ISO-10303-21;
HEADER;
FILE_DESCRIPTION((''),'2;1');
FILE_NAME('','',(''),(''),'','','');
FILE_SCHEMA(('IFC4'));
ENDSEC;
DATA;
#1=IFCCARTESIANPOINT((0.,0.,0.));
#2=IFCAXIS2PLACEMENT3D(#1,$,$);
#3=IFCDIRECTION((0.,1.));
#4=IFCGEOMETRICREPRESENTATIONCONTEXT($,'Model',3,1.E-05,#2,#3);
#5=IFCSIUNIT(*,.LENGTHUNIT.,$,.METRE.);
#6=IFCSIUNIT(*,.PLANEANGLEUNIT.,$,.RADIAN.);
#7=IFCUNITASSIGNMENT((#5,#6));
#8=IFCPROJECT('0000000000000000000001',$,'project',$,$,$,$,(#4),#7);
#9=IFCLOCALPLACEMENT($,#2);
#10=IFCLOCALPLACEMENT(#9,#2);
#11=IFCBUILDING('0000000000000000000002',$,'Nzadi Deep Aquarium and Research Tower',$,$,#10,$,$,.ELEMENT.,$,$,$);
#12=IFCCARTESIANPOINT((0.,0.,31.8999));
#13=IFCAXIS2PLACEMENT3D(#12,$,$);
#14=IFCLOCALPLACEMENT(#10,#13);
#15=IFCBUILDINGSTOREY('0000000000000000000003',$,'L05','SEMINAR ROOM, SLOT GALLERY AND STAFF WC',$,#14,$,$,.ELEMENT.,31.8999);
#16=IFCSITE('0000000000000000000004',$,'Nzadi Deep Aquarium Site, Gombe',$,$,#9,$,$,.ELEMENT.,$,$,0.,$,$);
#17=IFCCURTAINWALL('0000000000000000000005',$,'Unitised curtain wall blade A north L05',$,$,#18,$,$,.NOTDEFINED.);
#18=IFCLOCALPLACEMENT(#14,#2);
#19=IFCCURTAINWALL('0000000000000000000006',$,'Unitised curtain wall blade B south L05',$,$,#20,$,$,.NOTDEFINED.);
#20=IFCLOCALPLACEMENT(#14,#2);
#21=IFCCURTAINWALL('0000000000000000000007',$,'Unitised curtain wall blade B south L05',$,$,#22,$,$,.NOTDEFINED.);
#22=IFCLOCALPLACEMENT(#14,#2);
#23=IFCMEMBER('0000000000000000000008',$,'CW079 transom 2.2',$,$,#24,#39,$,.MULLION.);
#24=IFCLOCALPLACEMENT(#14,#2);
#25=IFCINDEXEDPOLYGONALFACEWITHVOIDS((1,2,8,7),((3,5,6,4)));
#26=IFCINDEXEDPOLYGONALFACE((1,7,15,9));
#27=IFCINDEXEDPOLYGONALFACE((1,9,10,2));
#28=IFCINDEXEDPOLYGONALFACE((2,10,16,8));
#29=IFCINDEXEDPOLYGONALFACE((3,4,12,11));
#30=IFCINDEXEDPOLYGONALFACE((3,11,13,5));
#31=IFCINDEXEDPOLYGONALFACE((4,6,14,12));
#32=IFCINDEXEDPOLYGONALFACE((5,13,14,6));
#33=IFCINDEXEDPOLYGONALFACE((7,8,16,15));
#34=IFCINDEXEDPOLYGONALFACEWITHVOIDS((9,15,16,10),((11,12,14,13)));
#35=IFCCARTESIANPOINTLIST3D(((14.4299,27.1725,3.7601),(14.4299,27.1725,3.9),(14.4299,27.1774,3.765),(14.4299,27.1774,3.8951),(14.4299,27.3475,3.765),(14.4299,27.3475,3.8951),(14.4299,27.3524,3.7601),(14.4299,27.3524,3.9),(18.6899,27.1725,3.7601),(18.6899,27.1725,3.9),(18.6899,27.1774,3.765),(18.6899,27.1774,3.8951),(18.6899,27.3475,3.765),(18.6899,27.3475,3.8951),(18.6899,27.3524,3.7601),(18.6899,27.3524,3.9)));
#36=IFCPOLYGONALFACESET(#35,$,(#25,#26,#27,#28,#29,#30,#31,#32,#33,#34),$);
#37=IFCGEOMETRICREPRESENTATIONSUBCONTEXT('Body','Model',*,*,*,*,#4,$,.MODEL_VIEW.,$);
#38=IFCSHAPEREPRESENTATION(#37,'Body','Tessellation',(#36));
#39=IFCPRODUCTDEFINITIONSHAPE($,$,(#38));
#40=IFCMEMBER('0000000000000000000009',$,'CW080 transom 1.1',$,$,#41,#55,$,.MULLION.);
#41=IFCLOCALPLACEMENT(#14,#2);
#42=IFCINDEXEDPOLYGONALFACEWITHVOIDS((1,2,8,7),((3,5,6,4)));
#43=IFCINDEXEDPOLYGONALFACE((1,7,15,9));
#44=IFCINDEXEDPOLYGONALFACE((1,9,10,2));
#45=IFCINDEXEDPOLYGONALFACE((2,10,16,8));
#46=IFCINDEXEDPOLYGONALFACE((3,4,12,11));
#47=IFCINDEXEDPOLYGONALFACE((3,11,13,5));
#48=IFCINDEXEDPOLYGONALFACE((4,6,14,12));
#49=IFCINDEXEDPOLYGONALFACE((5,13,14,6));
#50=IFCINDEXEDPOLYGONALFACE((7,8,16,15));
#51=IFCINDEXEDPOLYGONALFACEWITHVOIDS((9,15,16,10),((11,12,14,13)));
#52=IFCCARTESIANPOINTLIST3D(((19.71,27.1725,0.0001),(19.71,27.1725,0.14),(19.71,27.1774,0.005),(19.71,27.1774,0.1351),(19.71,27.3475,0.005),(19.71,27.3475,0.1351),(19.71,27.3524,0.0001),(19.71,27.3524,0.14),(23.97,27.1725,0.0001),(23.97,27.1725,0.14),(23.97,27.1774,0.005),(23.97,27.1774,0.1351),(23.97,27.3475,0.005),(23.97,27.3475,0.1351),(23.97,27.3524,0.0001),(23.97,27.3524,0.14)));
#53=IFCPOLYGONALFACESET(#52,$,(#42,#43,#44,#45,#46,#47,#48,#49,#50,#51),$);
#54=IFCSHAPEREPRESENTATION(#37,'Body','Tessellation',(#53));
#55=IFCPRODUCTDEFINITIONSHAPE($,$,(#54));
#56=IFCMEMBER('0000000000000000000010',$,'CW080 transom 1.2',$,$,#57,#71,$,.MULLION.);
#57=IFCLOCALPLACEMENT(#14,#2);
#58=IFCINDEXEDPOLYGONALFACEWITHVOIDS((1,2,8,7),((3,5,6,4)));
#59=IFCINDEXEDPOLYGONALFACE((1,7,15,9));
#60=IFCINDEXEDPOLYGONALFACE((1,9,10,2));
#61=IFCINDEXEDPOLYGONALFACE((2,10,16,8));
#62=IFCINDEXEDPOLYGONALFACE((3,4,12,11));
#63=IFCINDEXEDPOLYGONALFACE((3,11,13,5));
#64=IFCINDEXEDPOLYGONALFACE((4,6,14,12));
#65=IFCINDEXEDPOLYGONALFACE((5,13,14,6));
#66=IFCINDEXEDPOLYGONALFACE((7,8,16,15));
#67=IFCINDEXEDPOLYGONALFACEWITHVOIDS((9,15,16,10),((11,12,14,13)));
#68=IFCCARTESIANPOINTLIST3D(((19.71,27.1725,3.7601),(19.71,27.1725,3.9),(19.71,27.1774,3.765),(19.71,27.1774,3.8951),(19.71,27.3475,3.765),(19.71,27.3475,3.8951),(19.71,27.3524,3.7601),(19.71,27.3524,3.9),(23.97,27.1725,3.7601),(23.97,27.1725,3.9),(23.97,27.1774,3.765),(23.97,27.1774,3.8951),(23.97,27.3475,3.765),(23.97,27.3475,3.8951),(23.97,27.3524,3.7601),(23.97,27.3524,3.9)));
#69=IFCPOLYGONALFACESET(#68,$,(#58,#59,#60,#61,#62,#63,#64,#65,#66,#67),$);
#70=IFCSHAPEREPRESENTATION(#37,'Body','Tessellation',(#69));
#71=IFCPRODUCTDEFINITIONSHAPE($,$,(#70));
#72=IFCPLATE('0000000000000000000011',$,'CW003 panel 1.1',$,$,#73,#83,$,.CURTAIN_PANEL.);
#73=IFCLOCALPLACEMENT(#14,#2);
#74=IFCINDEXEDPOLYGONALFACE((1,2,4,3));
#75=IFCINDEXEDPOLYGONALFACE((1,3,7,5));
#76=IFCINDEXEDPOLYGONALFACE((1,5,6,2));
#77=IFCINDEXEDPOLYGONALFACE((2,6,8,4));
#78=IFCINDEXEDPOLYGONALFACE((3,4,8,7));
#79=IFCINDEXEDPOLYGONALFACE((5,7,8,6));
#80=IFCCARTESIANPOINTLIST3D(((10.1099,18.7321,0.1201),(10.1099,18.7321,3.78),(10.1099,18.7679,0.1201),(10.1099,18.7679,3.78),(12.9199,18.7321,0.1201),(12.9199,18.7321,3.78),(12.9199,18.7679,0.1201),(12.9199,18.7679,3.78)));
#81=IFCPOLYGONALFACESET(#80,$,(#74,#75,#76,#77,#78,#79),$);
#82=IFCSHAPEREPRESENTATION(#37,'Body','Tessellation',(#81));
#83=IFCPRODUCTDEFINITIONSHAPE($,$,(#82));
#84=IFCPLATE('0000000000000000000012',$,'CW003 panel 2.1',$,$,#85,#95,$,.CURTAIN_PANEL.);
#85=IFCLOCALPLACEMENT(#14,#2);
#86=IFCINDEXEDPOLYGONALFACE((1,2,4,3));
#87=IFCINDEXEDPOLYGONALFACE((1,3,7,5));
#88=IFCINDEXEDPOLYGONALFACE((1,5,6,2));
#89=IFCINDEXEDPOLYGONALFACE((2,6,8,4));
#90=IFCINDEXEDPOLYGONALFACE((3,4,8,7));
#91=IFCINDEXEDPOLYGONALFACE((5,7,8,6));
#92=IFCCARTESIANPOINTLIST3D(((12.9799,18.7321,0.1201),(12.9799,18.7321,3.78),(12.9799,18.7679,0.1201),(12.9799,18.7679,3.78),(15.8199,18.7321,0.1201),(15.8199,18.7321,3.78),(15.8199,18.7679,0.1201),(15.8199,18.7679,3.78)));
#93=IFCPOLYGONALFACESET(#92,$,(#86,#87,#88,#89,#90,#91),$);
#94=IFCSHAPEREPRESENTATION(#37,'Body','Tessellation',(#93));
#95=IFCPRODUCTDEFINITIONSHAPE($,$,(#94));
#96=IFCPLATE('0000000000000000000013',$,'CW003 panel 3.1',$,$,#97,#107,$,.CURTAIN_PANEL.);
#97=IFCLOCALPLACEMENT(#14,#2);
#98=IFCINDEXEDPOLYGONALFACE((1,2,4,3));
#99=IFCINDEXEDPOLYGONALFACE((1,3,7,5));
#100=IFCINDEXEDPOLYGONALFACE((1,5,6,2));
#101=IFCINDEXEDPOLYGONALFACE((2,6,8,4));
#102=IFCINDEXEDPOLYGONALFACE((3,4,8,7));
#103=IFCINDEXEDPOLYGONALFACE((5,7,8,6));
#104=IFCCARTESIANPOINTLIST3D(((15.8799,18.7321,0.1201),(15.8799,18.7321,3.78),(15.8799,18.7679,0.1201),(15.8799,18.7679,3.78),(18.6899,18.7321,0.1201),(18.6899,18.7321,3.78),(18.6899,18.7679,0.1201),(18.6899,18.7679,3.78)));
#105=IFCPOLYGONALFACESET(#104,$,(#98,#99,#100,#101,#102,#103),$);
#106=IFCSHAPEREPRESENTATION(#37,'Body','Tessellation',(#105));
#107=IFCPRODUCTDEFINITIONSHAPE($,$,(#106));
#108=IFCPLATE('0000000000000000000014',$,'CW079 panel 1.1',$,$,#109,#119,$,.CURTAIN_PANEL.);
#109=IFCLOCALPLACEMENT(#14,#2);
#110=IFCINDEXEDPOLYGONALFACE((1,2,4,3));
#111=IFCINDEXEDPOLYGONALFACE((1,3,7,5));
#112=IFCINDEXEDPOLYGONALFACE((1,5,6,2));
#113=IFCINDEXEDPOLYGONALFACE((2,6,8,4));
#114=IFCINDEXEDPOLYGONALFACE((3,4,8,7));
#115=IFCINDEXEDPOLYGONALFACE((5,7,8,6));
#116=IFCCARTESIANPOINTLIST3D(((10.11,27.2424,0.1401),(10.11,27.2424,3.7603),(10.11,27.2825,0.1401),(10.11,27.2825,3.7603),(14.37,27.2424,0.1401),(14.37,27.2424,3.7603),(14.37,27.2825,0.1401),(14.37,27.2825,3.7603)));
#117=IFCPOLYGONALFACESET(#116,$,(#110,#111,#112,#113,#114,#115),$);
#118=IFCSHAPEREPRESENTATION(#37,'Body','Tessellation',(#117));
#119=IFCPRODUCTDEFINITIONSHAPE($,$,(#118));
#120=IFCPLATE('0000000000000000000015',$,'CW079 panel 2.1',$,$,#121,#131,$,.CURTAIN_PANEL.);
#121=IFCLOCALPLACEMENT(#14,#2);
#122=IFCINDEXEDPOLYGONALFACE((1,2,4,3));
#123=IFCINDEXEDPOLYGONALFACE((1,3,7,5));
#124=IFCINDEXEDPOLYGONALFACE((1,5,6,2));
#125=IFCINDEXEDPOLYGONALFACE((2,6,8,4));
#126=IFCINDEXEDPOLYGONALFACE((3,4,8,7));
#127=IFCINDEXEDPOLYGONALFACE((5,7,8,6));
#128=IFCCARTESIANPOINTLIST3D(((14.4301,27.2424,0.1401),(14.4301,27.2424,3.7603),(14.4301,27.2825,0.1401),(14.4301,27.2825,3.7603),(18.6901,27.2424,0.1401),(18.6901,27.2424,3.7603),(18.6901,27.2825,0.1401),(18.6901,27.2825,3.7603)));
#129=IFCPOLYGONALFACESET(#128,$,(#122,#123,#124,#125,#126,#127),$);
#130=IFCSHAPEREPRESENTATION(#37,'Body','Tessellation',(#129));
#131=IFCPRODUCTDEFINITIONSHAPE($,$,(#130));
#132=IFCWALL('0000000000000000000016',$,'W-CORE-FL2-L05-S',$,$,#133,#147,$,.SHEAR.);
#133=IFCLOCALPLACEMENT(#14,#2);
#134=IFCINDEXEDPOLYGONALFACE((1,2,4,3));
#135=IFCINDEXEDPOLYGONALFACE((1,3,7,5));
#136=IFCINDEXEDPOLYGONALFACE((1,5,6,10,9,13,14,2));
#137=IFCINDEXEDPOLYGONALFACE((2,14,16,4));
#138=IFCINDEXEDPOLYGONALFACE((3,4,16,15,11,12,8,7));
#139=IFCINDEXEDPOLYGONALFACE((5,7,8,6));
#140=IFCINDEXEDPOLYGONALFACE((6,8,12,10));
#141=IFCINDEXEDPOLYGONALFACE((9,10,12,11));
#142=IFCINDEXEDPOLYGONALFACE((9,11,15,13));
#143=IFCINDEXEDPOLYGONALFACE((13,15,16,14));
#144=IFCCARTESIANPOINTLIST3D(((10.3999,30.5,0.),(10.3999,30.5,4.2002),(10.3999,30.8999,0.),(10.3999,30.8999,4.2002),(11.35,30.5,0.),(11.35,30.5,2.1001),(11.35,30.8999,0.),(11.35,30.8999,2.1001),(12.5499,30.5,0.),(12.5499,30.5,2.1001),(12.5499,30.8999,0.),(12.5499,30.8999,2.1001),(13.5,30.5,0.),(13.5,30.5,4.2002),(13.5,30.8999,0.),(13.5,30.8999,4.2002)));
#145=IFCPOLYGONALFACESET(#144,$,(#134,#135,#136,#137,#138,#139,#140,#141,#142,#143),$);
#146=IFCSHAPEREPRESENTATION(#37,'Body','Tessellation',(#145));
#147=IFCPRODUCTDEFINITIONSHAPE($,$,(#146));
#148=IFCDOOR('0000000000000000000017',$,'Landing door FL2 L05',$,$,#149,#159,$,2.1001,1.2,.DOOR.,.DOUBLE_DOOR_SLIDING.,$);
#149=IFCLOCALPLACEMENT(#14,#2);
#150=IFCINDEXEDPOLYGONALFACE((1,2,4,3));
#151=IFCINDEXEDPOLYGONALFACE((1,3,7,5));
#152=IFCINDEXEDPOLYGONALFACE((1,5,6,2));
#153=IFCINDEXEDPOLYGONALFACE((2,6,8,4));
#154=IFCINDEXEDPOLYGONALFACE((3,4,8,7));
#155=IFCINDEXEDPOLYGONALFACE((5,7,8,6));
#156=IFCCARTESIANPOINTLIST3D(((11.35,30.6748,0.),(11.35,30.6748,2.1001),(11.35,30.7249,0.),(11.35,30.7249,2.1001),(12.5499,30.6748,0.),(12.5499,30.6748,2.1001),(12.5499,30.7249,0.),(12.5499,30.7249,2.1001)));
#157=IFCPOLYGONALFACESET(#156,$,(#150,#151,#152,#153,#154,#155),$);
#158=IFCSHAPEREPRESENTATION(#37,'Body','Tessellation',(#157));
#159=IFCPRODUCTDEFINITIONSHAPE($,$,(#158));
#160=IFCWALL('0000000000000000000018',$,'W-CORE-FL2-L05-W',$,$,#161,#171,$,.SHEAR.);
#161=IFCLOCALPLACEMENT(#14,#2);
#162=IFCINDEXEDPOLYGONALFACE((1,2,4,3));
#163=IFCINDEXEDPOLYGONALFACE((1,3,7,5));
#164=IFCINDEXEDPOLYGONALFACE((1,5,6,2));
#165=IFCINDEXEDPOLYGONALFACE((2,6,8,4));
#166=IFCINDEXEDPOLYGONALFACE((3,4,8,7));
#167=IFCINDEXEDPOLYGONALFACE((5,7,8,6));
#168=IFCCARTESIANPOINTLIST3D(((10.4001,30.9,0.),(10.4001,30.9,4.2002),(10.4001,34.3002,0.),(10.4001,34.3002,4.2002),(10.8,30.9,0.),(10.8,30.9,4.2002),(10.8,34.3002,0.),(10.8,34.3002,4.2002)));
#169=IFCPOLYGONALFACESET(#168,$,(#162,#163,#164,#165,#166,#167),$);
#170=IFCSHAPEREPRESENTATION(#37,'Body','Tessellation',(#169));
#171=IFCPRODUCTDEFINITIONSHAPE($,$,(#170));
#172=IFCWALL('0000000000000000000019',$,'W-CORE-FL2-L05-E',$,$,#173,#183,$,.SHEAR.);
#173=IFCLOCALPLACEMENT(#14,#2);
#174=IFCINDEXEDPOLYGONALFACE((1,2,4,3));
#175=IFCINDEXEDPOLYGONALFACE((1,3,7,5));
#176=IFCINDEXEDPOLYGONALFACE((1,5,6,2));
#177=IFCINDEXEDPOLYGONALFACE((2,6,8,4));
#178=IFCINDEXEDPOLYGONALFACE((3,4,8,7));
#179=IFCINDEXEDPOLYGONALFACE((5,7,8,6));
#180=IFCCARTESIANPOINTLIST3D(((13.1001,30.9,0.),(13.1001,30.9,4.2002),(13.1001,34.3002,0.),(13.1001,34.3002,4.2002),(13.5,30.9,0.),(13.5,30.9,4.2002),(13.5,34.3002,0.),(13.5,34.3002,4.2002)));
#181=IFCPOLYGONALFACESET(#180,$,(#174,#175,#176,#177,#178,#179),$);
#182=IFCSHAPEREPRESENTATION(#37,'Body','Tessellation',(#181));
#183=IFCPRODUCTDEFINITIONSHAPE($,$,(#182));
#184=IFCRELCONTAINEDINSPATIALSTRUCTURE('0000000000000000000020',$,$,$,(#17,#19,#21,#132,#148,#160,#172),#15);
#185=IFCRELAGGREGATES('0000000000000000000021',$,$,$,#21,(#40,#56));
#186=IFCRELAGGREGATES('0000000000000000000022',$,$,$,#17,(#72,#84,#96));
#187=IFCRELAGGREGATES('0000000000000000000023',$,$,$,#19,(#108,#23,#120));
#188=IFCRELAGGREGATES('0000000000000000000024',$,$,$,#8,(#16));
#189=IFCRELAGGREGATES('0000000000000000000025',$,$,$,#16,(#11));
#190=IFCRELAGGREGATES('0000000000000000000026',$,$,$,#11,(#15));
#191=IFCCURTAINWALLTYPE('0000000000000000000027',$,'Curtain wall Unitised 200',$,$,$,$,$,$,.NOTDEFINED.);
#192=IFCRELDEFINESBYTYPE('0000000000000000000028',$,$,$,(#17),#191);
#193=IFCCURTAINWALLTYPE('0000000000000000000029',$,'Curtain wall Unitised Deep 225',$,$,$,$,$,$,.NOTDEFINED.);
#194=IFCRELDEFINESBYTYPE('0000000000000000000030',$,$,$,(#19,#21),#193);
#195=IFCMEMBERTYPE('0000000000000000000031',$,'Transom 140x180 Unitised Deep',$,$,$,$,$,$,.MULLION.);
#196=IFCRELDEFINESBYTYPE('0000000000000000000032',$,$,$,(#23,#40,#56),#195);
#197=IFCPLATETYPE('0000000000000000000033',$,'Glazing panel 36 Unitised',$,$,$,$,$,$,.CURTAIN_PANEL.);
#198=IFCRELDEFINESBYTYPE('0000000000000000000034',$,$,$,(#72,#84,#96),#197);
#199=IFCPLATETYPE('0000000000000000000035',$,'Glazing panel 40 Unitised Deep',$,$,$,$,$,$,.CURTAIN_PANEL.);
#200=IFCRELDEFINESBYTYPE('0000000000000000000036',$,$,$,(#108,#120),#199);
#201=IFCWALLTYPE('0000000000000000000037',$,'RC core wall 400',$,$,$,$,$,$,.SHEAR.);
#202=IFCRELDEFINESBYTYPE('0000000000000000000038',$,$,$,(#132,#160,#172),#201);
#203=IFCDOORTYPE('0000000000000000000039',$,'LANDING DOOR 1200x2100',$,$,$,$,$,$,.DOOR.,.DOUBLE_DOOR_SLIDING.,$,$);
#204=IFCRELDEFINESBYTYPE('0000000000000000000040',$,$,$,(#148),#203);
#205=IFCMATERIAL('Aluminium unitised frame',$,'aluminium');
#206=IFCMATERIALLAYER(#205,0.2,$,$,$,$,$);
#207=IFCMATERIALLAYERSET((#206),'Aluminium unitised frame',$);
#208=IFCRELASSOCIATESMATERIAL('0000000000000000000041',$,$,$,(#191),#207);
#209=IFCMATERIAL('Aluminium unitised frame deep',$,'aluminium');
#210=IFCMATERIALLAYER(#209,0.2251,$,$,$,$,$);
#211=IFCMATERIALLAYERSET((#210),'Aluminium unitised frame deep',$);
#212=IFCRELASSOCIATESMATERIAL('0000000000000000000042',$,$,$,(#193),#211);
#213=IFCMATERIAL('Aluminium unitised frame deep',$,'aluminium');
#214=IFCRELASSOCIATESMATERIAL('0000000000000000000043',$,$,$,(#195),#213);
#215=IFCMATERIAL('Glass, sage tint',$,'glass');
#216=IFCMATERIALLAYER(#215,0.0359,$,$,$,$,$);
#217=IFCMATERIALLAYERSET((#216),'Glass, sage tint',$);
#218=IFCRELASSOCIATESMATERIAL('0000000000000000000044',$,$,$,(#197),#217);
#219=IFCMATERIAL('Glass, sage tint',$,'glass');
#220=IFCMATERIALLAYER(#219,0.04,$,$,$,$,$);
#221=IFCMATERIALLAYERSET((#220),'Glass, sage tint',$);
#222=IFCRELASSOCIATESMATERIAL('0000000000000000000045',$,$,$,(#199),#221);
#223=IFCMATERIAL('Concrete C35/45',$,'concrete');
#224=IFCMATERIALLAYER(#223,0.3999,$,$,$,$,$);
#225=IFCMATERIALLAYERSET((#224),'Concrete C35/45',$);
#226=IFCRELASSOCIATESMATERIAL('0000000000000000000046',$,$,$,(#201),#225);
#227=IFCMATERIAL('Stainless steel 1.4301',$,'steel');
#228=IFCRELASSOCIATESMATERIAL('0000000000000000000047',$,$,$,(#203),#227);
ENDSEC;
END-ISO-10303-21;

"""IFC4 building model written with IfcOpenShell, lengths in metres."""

from ifc_helpers import new_model, si_unit, direction, frame, frame_2d, origin, origin_2d, place, context, subcontext, project, spatial, rectangle, hollow_rectangle, extrude, material, layer, layer_set, material_profile, profile_set, type_object, element, fill, aggregate, save


model = new_model("IFC4")

# Units and contexts
model_context = context("Model", 3, precision=1e-05, world=origin(), true_north=direction((0.0, 1.0)))
body_context = subcontext(model_context, "Body", "Model", "MODEL_VIEW")
ifc_project = project(units=[si_unit("LENGTHUNIT", "METRE"), si_unit("PLANEANGLEUNIT", "RADIAN")], contexts=[model_context])

# Site, building, storey
site_placement = place(None, origin())
site = spatial("IfcSite", under=ifc_project, at=site_placement, Name="Nzadi Deep Aquarium Site, Gombe", CompositionType="ELEMENT", RefElevation=0.0)
building_placement = place(site_placement, origin())
building = spatial("IfcBuilding", under=site, at=building_placement, Name="Nzadi Deep Aquarium and Research Tower", CompositionType="ELEMENT")
storey_placement = place(building_placement, frame((0.0, 0.0, 31.8999)))
storey = spatial("IfcBuildingStorey", under=building, at=storey_placement, Name="L05", Description="SEMINAR ROOM, SLOT GALLERY AND STAFF WC", CompositionType="ELEMENT", Elevation=31.8999)

# Curtain wall
ifc_material_1 = material(Name="Aluminium unitised frame", Category="aluminium")
ifc_layer_1 = layer(ifc_material_1, 0.2)
ifc_layer_set_1 = layer_set([ifc_layer_1], Name="Aluminium unitised frame")
curtain_wall_type_1 = type_object("IfcCurtainWallType", Name="Curtain wall Unitised 200", PredefinedType="NOTDEFINED", material=ifc_layer_set_1)
curtain_wall_1_placement = place(storey_placement, origin())
curtain_wall_1 = element("IfcCurtainWall", 1, at=curtain_wall_1_placement, inside=storey, type_object=curtain_wall_type_1, Name="Unitised curtain wall blade A north L05", PredefinedType="NOTDEFINED")

# Curtain wall
ifc_material_2 = material(Name="Aluminium unitised frame deep", Category="aluminium")
ifc_layer_2 = layer(ifc_material_2, 0.2251)
ifc_layer_set_2 = layer_set([ifc_layer_2], Name="Aluminium unitised frame deep")
curtain_wall_type_2 = type_object("IfcCurtainWallType", Name="Curtain wall Unitised Deep 225", PredefinedType="NOTDEFINED", material=ifc_layer_set_2)
curtain_wall_2_placement = place(storey_placement, origin())
curtain_wall_2 = element("IfcCurtainWall", 2, at=curtain_wall_2_placement, inside=storey, type_object=curtain_wall_type_2, Name="Unitised curtain wall blade B south L05", PredefinedType="NOTDEFINED")

# Curtain wall
curtain_wall_3_placement = place(storey_placement, origin())
curtain_wall_3 = element("IfcCurtainWall", 3, at=curtain_wall_3_placement, inside=storey, type_object=curtain_wall_type_2, Name="Unitised curtain wall blade B south L05", PredefinedType="NOTDEFINED")

# Members
ifc_material_3 = material(Name="Aluminium unitised frame deep", Category="aluminium")
ifc_material_profile_1 = material_profile(ifc_material_3, hollow_rectangle(XDim=0.1799, YDim=0.1399, WallThickness=0.0049, at=origin_2d()))
ifc_profile_set_1 = profile_set([ifc_material_profile_1], Name="Aluminium unitised frame deep")
member_type_1 = type_object("IfcMemberType", Name="Transom 140x180 Unitised Deep", PredefinedType="MULLION", material=ifc_profile_set_1)
member_1_placement = place(storey_placement, frame((14.4299, 27.2625, 3.8301), z_axis=(1.0, 0.0, 0.0), x_axis=(0.0, 1.0, 0.0)))
member_1 = element("IfcMember", 4, at=member_1_placement, type_object=member_type_1, Name="CW079 transom 2.2", PredefinedType="MULLION", context=body_context, shape_type="SweptSolid", body=[
    extrude(hollow_rectangle(XDim=0.1799, YDim=0.1399, WallThickness=0.0049, at=origin_2d()), origin(), (0.0, 0.0, 1.0), 4.26),
])
member_2_placement = place(storey_placement, frame((19.71, 27.2625, 0.0701), z_axis=(1.0, 0.0, 0.0), x_axis=(0.0, 1.0, 0.0)))
member_2 = element("IfcMember", 5, at=member_2_placement, type_object=member_type_1, Name="CW080 transom 1.1", PredefinedType="MULLION", context=body_context, shape_type="SweptSolid", body=[
    extrude(hollow_rectangle(XDim=0.1799, YDim=0.1399, WallThickness=0.0049, at=origin_2d()), origin(), (0.0, 0.0, 1.0), 4.26),
])
member_3_placement = place(storey_placement, frame((19.71, 27.2625, 3.8301), z_axis=(1.0, 0.0, 0.0), x_axis=(0.0, 1.0, 0.0)))
member_3 = element("IfcMember", 6, at=member_3_placement, type_object=member_type_1, Name="CW080 transom 1.2", PredefinedType="MULLION", context=body_context, shape_type="SweptSolid", body=[
    extrude(hollow_rectangle(XDim=0.1799, YDim=0.1399, WallThickness=0.0049, at=origin_2d()), origin(), (0.0, 0.0, 1.0), 4.26),
])
aggregate(curtain_wall_3, [member_2, member_3])

# Plates
ifc_material_4 = material(Name="Glass, sage tint", Category="glass")
ifc_layer_3 = layer(ifc_material_4, 0.0359)
ifc_layer_set_3 = layer_set([ifc_layer_3], Name="Glass, sage tint")
plate_type_1 = type_object("IfcPlateType", Name="Glazing panel 36 Unitised", PredefinedType="CURTAIN_PANEL", material=ifc_layer_set_3)
plate_1_placement = place(storey_placement, frame((11.5149, 18.75, 0.1201), z_axis=(0.0, 0.0, 1.0), x_axis=(1.0, 0.0, 0.0)))
plate_1 = element("IfcPlate", 7, at=plate_1_placement, type_object=plate_type_1, Name="CW003 panel 1.1", PredefinedType="CURTAIN_PANEL", context=body_context, shape_type="SweptSolid", body=[
    extrude(rectangle(XDim=2.8101, YDim=0.0359, at=origin_2d()), origin(), (0.0, 0.0, 1.0), 3.6599),
])
plate_2_placement = place(storey_placement, frame((14.3999, 18.75, 0.1201), z_axis=(0.0, 0.0, 1.0), x_axis=(1.0, 0.0, 0.0)))
plate_2 = element("IfcPlate", 8, at=plate_2_placement, type_object=plate_type_1, Name="CW003 panel 2.1", PredefinedType="CURTAIN_PANEL", context=body_context, shape_type="SweptSolid", body=[
    extrude(rectangle(XDim=2.8401, YDim=0.0359, at=origin_2d()), origin(), (0.0, 0.0, 1.0), 3.6599),
])
plate_3_placement = place(storey_placement, frame((17.2849, 18.75, 0.1201), z_axis=(0.0, 0.0, 1.0), x_axis=(1.0, 0.0, 0.0)))
plate_3 = element("IfcPlate", 9, at=plate_3_placement, type_object=plate_type_1, Name="CW003 panel 3.1", PredefinedType="CURTAIN_PANEL", context=body_context, shape_type="SweptSolid", body=[
    extrude(rectangle(XDim=2.8101, YDim=0.0359, at=origin_2d()), origin(), (0.0, 0.0, 1.0), 3.6599),
])
aggregate(curtain_wall_1, [plate_1, plate_2, plate_3])
ifc_material_5 = material(Name="Glass, sage tint", Category="glass")
ifc_layer_4 = layer(ifc_material_5, 0.04)
ifc_layer_set_4 = layer_set([ifc_layer_4], Name="Glass, sage tint")
plate_type_2 = type_object("IfcPlateType", Name="Glazing panel 40 Unitised Deep", PredefinedType="CURTAIN_PANEL", material=ifc_layer_set_4)
plate_4_placement = place(storey_placement, frame((12.24, 27.2625, 0.1401), z_axis=(0.0, 0.0, 1.0), x_axis=(1.0, 0.0, 0.0)))
plate_4 = element("IfcPlate", 10, at=plate_4_placement, type_object=plate_type_2, Name="CW079 panel 1.1", PredefinedType="CURTAIN_PANEL", context=body_context, shape_type="SweptSolid", body=[
    extrude(rectangle(XDim=4.26, YDim=0.04, at=origin_2d()), origin(), (0.0, 0.0, 1.0), 3.6201),
])
plate_5_placement = place(storey_placement, frame((16.5601, 27.2625, 0.1401), z_axis=(0.0, 0.0, 1.0), x_axis=(1.0, 0.0, 0.0)))
plate_5 = element("IfcPlate", 11, at=plate_5_placement, type_object=plate_type_2, Name="CW079 panel 2.1", PredefinedType="CURTAIN_PANEL", context=body_context, shape_type="SweptSolid", body=[
    extrude(rectangle(XDim=4.26, YDim=0.04, at=origin_2d()), origin(), (0.0, 0.0, 1.0), 3.6201),
])
aggregate(curtain_wall_2, [plate_4, member_1, plate_5])

# Wall, opening, door
ifc_material_6 = material(Name="Concrete C35/45", Category="concrete")
ifc_layer_5 = layer(ifc_material_6, 0.3999)
ifc_layer_set_5 = layer_set([ifc_layer_5], Name="Concrete C35/45")
wall_type = type_object("IfcWallType", Name="RC core wall 400", PredefinedType="SHEAR", material=ifc_layer_set_5)
wall_placement = place(storey_placement, frame((10.3999, 30.7, 0.0), z_axis=(0.0, 0.0, 1.0), x_axis=(1.0, 0.0, 0.0)))
wall = element("IfcWall", 12, at=wall_placement, inside=storey, type_object=wall_type, Name="W-CORE-FL2-L05-S", PredefinedType="SHEAR", context=body_context, shape_type="SweptSolid", body=[
    extrude(rectangle(XDim=3.1001, YDim=0.3999, at=frame_2d((1.55, 0.0))), origin(), (0.0, 0.0, 1.0), 4.2002),
])
opening_placement = place(wall_placement, frame((0.95, 0.0, 0.0)))
opening = element("IfcOpeningElement", 13, at=opening_placement, cuts=wall, PredefinedType="OPENING", context=body_context, shape_type="SweptSolid", body=[
    extrude(rectangle(XDim=1.2, YDim=2.1001, at=frame_2d((0.6001, 1.05))), frame((0.0, 0.21, 0.0), z_axis=(0.0, -1.0, 0.0), x_axis=(1.0, 0.0, 0.0)), (0.0, 0.0, 1.0), 0.4199),
])
ifc_material_7 = material(Name="Stainless steel 1.4301", Category="steel")
door_type = type_object("IfcDoorType", Name="LANDING DOOR 1200x2100", OperationType="DOUBLE_DOOR_SLIDING", PredefinedType="DOOR", material=ifc_material_7)
door_placement = place(opening_placement, origin())
door = element("IfcDoor", 14, at=door_placement, inside=storey, type_object=door_type, Name="Landing door FL2 L05", OperationType="DOUBLE_DOOR_SLIDING", OverallHeight=2.1001, OverallWidth=1.2, PredefinedType="DOOR", context=body_context, shape_type="SweptSolid", body=[
    extrude(rectangle(XDim=1.2, YDim=2.1001, at=frame_2d((0.6001, 1.05))), frame((0.0, 0.0249, 0.0), z_axis=(0.0, -1.0, 0.0), x_axis=(1.0, 0.0, 0.0)), (0.0, 0.0, 1.0), 0.05),
])
fill(opening, door)

# Walls
for number, where, z_axis, x_axis, name in (
    (15, (10.6001, 30.8999, 0.0), (0.0, 0.0, 1.0), (0.0, 1.0, 0.0), "W-CORE-FL2-L05-W"),
    (16, (13.3, 30.8999, 0.0), (0.0, 0.0, 1.0), (0.0, 1.0, 0.0), "W-CORE-FL2-L05-E"),
):
    element("IfcWall", number, at=place(storey_placement, frame(where, z_axis=z_axis, x_axis=x_axis)), inside=storey, type_object=wall_type, Name=name, PredefinedType="SHEAR", context=body_context, shape_type="SweptSolid", body=[
        extrude(rectangle(XDim=3.4001, YDim=0.3999, at=frame_2d((1.7002, 0.0))), origin(), (0.0, 0.0, 1.0), 4.2002),
    ])

save(model, "model.ifc")
